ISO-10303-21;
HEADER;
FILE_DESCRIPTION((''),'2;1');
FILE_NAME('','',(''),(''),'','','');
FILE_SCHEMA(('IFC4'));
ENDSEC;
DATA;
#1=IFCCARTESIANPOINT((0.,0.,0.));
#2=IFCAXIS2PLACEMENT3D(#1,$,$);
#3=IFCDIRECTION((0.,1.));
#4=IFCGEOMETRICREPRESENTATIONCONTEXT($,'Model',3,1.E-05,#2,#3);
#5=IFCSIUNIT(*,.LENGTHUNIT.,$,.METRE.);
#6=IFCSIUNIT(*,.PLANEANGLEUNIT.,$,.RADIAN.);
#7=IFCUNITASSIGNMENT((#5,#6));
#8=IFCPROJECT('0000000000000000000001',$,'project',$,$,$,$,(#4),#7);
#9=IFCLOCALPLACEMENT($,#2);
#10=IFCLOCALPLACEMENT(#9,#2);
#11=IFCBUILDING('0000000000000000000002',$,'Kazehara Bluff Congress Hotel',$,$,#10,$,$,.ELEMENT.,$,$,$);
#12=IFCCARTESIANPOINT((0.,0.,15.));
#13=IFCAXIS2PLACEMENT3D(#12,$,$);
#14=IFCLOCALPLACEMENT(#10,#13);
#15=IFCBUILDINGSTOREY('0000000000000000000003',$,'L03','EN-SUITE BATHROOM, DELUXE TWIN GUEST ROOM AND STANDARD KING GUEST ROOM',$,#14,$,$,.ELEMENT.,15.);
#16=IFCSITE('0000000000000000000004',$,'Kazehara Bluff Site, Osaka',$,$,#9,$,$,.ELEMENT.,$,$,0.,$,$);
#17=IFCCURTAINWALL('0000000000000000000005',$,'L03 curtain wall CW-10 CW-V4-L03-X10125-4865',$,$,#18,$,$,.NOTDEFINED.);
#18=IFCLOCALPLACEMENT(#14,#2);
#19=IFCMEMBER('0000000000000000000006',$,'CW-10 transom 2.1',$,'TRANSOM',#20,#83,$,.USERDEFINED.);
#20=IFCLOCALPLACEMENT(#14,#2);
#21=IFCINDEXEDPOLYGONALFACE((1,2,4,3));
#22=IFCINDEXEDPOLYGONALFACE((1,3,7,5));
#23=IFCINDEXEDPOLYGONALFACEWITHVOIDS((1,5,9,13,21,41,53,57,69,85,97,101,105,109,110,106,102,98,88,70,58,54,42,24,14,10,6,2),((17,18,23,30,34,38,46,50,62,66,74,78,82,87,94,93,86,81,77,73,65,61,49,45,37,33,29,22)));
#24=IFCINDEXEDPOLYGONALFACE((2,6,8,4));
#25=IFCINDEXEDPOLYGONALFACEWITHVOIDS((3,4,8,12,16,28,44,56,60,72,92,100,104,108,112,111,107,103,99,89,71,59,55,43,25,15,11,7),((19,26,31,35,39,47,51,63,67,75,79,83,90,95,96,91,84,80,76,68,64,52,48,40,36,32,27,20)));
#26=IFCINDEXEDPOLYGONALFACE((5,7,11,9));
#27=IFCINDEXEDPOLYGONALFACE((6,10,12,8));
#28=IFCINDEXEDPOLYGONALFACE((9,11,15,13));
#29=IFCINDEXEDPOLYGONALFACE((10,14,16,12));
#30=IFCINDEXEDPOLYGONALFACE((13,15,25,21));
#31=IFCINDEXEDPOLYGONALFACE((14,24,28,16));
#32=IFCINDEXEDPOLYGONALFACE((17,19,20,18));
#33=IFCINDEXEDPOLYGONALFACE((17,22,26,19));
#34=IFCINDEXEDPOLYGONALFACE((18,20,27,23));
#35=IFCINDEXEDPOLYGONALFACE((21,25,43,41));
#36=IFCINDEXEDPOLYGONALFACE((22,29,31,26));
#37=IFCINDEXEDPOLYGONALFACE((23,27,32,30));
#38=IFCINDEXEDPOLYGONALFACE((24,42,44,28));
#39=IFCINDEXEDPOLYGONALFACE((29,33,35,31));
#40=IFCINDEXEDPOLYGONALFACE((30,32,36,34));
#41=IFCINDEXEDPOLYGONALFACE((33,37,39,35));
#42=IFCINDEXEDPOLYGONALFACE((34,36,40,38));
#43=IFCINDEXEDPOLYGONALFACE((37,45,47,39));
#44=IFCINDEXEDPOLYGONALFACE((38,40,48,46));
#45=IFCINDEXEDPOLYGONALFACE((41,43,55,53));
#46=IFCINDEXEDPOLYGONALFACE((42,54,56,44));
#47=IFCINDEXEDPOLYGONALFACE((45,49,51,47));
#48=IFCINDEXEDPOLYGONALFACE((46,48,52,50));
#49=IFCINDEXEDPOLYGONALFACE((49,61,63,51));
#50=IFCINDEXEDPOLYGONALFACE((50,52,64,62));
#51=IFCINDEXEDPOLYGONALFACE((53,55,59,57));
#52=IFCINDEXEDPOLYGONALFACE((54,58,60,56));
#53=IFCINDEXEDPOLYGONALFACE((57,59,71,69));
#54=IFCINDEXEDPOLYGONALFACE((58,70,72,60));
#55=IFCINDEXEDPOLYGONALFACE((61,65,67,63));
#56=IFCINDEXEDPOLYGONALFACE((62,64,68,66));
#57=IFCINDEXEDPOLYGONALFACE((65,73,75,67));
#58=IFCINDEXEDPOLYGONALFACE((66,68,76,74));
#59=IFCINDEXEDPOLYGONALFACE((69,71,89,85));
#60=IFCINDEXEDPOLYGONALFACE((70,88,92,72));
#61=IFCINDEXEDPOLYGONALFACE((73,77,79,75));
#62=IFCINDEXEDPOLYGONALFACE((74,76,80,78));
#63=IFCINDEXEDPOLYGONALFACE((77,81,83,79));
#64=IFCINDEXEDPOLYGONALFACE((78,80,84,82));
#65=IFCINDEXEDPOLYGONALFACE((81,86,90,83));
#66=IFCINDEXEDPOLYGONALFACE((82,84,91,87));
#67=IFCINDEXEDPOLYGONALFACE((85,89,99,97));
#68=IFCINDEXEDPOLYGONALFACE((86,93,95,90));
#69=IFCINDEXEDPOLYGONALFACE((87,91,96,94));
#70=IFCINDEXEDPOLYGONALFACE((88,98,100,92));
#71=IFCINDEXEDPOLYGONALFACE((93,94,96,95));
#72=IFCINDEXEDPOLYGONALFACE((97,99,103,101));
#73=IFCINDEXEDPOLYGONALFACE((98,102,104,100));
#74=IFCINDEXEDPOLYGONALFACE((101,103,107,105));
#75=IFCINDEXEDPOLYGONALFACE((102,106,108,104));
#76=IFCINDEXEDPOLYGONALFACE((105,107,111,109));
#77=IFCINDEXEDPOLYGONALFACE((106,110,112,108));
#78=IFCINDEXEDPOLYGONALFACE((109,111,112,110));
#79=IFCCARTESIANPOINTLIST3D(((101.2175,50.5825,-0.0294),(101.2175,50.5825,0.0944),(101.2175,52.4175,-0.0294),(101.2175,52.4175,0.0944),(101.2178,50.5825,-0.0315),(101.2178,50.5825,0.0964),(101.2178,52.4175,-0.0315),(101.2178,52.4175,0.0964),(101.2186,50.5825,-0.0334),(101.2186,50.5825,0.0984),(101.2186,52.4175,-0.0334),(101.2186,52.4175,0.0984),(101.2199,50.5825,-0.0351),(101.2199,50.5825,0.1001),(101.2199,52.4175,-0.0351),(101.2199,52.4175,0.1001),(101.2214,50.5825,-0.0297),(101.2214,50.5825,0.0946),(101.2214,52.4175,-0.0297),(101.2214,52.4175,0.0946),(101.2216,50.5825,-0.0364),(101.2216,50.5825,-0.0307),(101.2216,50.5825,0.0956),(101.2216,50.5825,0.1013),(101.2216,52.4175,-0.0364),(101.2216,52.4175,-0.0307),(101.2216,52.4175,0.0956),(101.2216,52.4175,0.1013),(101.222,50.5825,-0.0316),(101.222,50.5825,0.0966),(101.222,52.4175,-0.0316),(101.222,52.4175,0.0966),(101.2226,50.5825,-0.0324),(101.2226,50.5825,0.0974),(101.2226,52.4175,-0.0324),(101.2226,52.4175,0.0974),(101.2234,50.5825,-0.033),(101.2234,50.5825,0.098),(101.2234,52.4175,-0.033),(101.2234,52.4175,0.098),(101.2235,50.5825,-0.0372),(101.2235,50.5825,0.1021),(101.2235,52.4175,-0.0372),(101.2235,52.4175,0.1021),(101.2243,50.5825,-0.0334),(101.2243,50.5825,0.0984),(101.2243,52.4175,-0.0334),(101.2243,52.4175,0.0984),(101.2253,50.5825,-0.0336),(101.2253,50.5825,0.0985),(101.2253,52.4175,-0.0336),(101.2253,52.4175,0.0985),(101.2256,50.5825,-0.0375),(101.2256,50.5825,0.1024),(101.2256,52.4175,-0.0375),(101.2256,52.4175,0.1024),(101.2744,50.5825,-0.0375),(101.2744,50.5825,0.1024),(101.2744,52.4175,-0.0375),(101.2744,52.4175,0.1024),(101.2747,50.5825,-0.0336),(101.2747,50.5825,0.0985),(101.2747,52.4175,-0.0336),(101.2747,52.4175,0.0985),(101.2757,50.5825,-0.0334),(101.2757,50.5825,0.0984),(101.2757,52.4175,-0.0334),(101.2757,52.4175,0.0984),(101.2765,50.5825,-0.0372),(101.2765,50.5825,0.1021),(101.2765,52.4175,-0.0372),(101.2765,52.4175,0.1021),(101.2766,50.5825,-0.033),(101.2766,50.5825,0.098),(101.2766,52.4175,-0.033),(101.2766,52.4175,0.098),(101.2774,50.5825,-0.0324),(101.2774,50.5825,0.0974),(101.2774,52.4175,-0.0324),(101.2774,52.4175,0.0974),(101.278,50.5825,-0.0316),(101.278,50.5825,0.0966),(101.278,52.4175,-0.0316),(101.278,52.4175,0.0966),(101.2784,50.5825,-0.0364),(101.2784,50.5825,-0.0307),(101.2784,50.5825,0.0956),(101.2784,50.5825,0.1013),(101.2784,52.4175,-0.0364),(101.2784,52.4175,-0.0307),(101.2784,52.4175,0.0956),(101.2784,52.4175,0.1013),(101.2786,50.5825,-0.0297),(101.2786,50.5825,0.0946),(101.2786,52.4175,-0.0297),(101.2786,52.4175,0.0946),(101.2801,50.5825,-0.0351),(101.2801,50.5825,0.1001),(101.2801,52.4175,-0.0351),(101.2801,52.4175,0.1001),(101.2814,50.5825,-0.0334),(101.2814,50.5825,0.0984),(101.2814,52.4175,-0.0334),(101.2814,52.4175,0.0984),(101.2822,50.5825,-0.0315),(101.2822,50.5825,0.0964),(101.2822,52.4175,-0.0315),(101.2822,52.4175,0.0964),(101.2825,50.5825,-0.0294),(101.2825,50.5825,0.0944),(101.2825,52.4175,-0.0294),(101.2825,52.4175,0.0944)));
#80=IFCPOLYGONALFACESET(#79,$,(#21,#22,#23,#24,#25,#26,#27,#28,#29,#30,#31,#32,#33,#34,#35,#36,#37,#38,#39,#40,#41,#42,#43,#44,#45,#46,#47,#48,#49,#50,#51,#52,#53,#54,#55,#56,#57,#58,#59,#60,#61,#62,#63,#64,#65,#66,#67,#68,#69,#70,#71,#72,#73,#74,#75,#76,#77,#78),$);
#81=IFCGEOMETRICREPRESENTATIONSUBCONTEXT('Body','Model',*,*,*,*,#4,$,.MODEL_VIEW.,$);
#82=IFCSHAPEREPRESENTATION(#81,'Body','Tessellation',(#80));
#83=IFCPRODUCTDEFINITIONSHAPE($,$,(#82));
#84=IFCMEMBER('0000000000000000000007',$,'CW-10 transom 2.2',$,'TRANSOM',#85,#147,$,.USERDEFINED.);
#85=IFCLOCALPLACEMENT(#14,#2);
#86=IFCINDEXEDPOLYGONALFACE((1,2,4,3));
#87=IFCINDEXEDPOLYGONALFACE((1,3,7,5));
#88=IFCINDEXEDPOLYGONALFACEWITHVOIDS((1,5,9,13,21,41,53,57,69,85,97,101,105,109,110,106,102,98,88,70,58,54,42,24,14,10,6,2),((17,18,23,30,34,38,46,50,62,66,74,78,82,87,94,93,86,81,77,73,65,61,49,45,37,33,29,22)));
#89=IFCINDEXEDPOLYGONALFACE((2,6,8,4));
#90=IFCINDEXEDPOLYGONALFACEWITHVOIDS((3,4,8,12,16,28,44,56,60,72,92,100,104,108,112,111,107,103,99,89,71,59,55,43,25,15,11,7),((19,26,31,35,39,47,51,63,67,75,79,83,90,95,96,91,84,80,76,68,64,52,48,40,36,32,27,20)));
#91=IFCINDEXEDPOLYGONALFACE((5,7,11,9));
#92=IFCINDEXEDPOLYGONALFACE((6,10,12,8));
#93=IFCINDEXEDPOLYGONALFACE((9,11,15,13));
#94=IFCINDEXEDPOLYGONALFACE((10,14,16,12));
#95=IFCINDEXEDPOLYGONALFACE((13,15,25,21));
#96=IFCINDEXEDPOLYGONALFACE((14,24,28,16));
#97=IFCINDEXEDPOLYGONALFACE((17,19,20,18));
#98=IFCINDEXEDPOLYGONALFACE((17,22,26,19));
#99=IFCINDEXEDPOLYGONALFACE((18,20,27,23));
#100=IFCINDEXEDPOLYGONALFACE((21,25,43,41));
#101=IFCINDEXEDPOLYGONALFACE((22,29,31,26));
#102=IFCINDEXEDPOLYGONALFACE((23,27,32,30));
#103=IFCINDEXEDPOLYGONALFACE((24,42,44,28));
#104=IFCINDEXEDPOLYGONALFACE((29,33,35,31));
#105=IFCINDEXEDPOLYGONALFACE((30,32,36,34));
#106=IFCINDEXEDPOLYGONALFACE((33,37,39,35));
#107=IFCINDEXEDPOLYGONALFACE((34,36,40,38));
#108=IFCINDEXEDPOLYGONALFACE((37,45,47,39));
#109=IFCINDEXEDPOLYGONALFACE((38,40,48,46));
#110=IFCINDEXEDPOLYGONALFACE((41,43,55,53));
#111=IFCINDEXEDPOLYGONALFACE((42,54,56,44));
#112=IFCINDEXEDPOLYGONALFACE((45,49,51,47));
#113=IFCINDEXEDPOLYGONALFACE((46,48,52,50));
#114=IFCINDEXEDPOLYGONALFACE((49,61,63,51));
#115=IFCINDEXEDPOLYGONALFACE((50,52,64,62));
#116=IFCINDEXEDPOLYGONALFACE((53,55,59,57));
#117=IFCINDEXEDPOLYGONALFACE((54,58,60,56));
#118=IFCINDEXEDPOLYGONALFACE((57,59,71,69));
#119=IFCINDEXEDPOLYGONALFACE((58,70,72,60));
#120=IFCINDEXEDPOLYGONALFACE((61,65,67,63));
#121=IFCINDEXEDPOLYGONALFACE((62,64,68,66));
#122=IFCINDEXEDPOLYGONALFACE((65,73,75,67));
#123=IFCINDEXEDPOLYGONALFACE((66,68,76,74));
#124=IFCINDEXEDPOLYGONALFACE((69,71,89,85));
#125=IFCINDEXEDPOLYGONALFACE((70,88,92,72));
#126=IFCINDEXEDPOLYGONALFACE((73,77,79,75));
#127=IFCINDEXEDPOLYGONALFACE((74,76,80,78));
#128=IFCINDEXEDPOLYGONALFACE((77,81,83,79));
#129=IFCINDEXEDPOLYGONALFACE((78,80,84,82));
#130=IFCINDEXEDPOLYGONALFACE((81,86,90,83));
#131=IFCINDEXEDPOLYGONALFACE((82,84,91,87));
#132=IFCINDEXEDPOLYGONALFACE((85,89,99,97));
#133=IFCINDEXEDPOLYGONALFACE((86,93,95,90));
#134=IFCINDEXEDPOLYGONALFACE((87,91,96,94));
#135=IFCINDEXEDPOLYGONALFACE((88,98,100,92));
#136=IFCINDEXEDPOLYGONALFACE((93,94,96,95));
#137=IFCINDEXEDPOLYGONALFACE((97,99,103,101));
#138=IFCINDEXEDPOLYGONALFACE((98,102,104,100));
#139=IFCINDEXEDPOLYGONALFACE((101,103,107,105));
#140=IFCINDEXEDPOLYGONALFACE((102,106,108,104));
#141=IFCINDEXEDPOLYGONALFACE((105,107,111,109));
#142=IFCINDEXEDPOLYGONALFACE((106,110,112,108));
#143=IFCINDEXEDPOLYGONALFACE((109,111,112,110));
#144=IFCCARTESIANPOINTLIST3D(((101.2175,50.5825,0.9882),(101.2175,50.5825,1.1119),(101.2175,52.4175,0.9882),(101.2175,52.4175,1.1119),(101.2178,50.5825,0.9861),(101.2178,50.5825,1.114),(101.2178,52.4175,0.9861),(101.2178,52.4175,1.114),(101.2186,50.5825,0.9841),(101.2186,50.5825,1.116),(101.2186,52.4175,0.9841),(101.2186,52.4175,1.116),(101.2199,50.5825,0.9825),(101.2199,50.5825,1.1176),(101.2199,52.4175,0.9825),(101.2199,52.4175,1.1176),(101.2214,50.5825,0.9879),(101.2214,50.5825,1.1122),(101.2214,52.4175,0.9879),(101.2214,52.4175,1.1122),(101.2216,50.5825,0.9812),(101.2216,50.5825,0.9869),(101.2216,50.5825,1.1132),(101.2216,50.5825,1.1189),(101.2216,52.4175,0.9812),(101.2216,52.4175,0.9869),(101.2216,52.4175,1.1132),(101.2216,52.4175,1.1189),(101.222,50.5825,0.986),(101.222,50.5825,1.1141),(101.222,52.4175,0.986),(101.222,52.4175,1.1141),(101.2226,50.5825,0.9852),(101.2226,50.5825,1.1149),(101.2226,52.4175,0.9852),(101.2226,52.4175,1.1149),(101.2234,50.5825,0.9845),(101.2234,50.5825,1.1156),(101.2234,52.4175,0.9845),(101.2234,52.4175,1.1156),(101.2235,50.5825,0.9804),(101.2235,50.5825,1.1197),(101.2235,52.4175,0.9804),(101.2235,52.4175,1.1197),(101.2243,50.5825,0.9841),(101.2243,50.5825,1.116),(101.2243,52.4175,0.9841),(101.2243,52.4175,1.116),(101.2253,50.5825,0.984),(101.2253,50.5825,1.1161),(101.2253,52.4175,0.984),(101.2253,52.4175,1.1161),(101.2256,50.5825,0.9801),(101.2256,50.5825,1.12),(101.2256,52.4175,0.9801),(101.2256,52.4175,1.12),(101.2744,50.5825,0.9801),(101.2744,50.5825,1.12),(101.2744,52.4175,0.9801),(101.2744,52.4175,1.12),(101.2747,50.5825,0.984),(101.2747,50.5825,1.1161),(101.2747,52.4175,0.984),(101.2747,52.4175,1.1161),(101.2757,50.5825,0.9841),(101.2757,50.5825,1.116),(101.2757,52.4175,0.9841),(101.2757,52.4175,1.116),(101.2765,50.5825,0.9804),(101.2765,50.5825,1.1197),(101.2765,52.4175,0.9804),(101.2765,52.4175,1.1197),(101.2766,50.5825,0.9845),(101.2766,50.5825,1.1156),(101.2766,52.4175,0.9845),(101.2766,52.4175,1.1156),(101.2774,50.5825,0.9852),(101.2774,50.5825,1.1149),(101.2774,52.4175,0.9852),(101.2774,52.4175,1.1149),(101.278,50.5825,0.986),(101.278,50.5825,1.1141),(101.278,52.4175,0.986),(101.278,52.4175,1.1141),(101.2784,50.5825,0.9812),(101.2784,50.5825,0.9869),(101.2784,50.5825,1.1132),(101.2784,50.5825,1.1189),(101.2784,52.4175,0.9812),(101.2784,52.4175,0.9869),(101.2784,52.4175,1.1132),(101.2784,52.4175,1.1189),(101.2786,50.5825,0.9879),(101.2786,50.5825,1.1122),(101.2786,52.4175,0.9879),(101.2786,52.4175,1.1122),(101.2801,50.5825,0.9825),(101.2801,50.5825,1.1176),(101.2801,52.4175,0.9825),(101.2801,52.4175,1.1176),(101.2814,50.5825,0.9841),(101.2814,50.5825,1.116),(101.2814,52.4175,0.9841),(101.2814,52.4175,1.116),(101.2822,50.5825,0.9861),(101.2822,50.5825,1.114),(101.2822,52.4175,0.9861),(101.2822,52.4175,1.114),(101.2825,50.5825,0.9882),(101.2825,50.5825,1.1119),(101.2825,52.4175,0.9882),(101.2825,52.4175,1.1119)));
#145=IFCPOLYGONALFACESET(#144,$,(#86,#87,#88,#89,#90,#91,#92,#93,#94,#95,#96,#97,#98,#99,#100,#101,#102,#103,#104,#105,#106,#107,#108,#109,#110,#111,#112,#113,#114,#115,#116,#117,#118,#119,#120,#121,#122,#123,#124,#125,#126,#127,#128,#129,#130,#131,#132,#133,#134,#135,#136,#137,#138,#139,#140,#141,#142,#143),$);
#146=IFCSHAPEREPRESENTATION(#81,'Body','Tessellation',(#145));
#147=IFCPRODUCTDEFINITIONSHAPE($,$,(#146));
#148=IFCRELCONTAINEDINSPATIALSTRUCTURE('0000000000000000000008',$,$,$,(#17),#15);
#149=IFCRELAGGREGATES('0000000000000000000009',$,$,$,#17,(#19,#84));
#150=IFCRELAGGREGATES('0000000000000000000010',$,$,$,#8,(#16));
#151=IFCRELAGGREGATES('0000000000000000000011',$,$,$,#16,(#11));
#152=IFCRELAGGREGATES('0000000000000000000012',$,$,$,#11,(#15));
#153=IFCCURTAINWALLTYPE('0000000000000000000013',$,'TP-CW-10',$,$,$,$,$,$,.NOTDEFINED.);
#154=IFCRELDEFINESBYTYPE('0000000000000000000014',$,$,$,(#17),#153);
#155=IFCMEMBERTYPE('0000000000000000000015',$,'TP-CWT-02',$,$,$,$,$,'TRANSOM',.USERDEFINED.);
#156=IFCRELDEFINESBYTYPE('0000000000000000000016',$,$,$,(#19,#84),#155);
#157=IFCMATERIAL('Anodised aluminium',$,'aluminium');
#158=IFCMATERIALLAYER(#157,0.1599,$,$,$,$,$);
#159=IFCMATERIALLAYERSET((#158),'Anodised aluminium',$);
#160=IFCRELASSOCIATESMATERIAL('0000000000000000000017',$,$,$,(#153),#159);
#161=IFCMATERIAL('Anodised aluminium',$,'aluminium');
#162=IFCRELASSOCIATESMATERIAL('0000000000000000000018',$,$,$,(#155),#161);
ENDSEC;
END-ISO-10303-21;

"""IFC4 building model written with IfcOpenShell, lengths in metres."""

from ifc_helpers import new_model, si_unit, direction, frame, origin, origin_2d, place, context, subcontext, project, spatial, hollow_rectangle, extrude, material, layer, layer_set, material_profile, profile_set, type_object, element, aggregate, save


model = new_model("IFC4")

# Units and contexts
model_context = context("Model", 3, precision=1e-05, world=origin(), true_north=direction((0.0, 1.0)))
body_context = subcontext(model_context, "Body", "Model", "MODEL_VIEW")
ifc_project = project(units=[si_unit("LENGTHUNIT", "METRE"), si_unit("PLANEANGLEUNIT", "RADIAN")], contexts=[model_context])

# Site, building, storey
site_placement = place(None, origin())
site = spatial("IfcSite", under=ifc_project, at=site_placement, Name="Kazehara Bluff Site, Osaka", CompositionType="ELEMENT", RefElevation=0.0)
building_placement = place(site_placement, origin())
building = spatial("IfcBuilding", under=site, at=building_placement, Name="Kazehara Bluff Congress Hotel", CompositionType="ELEMENT")
storey_placement = place(building_placement, frame((0.0, 0.0, 15.0)))
storey = spatial("IfcBuildingStorey", under=building, at=storey_placement, Name="L03", Description="EN-SUITE BATHROOM, DELUXE TWIN GUEST ROOM AND STANDARD KING GUEST ROOM", CompositionType="ELEMENT", Elevation=15.0)

# Curtain wall
ifc_material_1 = material(Name="Anodised aluminium", Category="aluminium")
ifc_layer_1 = layer(ifc_material_1, 0.1599)
ifc_layer_set_1 = layer_set([ifc_layer_1], Name="Anodised aluminium")
curtain_wall_type_1 = type_object("IfcCurtainWallType", Name="TP-CW-10", PredefinedType="NOTDEFINED", material=ifc_layer_set_1)
curtain_wall_1_placement = place(storey_placement, origin())
curtain_wall_1 = element("IfcCurtainWall", 1, at=curtain_wall_1_placement, inside=storey, type_object=curtain_wall_type_1, Name="L03 curtain wall CW-10 CW-V4-L03-X10125-4865", PredefinedType="NOTDEFINED")

# Members
ifc_material_2 = material(Name="Anodised aluminium", Category="aluminium")
ifc_material_profile_1 = material_profile(ifc_material_2, hollow_rectangle(XDim=0.0649, YDim=0.1399, WallThickness=0.0039, InnerFilletRadius=0.0039, OuterFilletRadius=0.0081, at=origin_2d()))
ifc_profile_set_1 = profile_set([ifc_material_profile_1], Name="Anodised aluminium")
member_type_1 = type_object("IfcMemberType", Name="TP-CWT-02", ElementType="TRANSOM", PredefinedType="USERDEFINED", material=ifc_profile_set_1)
member_1_placement = place(storey_placement, frame((101.25, 50.5825, 0.0325), z_axis=(0.0, 1.0, 0.0), x_axis=(-1.0, 0.0, 0.0)))
member_1 = element("IfcMember", 2, at=member_1_placement, type_object=member_type_1, Name="CW-10 transom 2.1", ObjectType="TRANSOM", PredefinedType="USERDEFINED", context=body_context, shape_type="SweptSolid", body=[
    extrude(hollow_rectangle(XDim=0.0649, YDim=0.1399, WallThickness=0.0039, InnerFilletRadius=0.0039, OuterFilletRadius=0.0081, at=origin_2d()), origin(), (0.0, 0.0, 1.0), 1.835),
])
member_2_placement = place(storey_placement, frame((101.25, 50.5825, 1.05), z_axis=(0.0, 1.0, 0.0), x_axis=(-1.0, 0.0, 0.0)))
member_2 = element("IfcMember", 3, at=member_2_placement, type_object=member_type_1, Name="CW-10 transom 2.2", ObjectType="TRANSOM", PredefinedType="USERDEFINED", context=body_context, shape_type="SweptSolid", body=[
    extrude(hollow_rectangle(XDim=0.0649, YDim=0.1399, WallThickness=0.0039, InnerFilletRadius=0.0039, OuterFilletRadius=0.0081, at=origin_2d()), origin(), (0.0, 0.0, 1.0), 1.835),
])

aggregate(curtain_wall_1, [member_1, member_2])

save(model, "model.ifc")
